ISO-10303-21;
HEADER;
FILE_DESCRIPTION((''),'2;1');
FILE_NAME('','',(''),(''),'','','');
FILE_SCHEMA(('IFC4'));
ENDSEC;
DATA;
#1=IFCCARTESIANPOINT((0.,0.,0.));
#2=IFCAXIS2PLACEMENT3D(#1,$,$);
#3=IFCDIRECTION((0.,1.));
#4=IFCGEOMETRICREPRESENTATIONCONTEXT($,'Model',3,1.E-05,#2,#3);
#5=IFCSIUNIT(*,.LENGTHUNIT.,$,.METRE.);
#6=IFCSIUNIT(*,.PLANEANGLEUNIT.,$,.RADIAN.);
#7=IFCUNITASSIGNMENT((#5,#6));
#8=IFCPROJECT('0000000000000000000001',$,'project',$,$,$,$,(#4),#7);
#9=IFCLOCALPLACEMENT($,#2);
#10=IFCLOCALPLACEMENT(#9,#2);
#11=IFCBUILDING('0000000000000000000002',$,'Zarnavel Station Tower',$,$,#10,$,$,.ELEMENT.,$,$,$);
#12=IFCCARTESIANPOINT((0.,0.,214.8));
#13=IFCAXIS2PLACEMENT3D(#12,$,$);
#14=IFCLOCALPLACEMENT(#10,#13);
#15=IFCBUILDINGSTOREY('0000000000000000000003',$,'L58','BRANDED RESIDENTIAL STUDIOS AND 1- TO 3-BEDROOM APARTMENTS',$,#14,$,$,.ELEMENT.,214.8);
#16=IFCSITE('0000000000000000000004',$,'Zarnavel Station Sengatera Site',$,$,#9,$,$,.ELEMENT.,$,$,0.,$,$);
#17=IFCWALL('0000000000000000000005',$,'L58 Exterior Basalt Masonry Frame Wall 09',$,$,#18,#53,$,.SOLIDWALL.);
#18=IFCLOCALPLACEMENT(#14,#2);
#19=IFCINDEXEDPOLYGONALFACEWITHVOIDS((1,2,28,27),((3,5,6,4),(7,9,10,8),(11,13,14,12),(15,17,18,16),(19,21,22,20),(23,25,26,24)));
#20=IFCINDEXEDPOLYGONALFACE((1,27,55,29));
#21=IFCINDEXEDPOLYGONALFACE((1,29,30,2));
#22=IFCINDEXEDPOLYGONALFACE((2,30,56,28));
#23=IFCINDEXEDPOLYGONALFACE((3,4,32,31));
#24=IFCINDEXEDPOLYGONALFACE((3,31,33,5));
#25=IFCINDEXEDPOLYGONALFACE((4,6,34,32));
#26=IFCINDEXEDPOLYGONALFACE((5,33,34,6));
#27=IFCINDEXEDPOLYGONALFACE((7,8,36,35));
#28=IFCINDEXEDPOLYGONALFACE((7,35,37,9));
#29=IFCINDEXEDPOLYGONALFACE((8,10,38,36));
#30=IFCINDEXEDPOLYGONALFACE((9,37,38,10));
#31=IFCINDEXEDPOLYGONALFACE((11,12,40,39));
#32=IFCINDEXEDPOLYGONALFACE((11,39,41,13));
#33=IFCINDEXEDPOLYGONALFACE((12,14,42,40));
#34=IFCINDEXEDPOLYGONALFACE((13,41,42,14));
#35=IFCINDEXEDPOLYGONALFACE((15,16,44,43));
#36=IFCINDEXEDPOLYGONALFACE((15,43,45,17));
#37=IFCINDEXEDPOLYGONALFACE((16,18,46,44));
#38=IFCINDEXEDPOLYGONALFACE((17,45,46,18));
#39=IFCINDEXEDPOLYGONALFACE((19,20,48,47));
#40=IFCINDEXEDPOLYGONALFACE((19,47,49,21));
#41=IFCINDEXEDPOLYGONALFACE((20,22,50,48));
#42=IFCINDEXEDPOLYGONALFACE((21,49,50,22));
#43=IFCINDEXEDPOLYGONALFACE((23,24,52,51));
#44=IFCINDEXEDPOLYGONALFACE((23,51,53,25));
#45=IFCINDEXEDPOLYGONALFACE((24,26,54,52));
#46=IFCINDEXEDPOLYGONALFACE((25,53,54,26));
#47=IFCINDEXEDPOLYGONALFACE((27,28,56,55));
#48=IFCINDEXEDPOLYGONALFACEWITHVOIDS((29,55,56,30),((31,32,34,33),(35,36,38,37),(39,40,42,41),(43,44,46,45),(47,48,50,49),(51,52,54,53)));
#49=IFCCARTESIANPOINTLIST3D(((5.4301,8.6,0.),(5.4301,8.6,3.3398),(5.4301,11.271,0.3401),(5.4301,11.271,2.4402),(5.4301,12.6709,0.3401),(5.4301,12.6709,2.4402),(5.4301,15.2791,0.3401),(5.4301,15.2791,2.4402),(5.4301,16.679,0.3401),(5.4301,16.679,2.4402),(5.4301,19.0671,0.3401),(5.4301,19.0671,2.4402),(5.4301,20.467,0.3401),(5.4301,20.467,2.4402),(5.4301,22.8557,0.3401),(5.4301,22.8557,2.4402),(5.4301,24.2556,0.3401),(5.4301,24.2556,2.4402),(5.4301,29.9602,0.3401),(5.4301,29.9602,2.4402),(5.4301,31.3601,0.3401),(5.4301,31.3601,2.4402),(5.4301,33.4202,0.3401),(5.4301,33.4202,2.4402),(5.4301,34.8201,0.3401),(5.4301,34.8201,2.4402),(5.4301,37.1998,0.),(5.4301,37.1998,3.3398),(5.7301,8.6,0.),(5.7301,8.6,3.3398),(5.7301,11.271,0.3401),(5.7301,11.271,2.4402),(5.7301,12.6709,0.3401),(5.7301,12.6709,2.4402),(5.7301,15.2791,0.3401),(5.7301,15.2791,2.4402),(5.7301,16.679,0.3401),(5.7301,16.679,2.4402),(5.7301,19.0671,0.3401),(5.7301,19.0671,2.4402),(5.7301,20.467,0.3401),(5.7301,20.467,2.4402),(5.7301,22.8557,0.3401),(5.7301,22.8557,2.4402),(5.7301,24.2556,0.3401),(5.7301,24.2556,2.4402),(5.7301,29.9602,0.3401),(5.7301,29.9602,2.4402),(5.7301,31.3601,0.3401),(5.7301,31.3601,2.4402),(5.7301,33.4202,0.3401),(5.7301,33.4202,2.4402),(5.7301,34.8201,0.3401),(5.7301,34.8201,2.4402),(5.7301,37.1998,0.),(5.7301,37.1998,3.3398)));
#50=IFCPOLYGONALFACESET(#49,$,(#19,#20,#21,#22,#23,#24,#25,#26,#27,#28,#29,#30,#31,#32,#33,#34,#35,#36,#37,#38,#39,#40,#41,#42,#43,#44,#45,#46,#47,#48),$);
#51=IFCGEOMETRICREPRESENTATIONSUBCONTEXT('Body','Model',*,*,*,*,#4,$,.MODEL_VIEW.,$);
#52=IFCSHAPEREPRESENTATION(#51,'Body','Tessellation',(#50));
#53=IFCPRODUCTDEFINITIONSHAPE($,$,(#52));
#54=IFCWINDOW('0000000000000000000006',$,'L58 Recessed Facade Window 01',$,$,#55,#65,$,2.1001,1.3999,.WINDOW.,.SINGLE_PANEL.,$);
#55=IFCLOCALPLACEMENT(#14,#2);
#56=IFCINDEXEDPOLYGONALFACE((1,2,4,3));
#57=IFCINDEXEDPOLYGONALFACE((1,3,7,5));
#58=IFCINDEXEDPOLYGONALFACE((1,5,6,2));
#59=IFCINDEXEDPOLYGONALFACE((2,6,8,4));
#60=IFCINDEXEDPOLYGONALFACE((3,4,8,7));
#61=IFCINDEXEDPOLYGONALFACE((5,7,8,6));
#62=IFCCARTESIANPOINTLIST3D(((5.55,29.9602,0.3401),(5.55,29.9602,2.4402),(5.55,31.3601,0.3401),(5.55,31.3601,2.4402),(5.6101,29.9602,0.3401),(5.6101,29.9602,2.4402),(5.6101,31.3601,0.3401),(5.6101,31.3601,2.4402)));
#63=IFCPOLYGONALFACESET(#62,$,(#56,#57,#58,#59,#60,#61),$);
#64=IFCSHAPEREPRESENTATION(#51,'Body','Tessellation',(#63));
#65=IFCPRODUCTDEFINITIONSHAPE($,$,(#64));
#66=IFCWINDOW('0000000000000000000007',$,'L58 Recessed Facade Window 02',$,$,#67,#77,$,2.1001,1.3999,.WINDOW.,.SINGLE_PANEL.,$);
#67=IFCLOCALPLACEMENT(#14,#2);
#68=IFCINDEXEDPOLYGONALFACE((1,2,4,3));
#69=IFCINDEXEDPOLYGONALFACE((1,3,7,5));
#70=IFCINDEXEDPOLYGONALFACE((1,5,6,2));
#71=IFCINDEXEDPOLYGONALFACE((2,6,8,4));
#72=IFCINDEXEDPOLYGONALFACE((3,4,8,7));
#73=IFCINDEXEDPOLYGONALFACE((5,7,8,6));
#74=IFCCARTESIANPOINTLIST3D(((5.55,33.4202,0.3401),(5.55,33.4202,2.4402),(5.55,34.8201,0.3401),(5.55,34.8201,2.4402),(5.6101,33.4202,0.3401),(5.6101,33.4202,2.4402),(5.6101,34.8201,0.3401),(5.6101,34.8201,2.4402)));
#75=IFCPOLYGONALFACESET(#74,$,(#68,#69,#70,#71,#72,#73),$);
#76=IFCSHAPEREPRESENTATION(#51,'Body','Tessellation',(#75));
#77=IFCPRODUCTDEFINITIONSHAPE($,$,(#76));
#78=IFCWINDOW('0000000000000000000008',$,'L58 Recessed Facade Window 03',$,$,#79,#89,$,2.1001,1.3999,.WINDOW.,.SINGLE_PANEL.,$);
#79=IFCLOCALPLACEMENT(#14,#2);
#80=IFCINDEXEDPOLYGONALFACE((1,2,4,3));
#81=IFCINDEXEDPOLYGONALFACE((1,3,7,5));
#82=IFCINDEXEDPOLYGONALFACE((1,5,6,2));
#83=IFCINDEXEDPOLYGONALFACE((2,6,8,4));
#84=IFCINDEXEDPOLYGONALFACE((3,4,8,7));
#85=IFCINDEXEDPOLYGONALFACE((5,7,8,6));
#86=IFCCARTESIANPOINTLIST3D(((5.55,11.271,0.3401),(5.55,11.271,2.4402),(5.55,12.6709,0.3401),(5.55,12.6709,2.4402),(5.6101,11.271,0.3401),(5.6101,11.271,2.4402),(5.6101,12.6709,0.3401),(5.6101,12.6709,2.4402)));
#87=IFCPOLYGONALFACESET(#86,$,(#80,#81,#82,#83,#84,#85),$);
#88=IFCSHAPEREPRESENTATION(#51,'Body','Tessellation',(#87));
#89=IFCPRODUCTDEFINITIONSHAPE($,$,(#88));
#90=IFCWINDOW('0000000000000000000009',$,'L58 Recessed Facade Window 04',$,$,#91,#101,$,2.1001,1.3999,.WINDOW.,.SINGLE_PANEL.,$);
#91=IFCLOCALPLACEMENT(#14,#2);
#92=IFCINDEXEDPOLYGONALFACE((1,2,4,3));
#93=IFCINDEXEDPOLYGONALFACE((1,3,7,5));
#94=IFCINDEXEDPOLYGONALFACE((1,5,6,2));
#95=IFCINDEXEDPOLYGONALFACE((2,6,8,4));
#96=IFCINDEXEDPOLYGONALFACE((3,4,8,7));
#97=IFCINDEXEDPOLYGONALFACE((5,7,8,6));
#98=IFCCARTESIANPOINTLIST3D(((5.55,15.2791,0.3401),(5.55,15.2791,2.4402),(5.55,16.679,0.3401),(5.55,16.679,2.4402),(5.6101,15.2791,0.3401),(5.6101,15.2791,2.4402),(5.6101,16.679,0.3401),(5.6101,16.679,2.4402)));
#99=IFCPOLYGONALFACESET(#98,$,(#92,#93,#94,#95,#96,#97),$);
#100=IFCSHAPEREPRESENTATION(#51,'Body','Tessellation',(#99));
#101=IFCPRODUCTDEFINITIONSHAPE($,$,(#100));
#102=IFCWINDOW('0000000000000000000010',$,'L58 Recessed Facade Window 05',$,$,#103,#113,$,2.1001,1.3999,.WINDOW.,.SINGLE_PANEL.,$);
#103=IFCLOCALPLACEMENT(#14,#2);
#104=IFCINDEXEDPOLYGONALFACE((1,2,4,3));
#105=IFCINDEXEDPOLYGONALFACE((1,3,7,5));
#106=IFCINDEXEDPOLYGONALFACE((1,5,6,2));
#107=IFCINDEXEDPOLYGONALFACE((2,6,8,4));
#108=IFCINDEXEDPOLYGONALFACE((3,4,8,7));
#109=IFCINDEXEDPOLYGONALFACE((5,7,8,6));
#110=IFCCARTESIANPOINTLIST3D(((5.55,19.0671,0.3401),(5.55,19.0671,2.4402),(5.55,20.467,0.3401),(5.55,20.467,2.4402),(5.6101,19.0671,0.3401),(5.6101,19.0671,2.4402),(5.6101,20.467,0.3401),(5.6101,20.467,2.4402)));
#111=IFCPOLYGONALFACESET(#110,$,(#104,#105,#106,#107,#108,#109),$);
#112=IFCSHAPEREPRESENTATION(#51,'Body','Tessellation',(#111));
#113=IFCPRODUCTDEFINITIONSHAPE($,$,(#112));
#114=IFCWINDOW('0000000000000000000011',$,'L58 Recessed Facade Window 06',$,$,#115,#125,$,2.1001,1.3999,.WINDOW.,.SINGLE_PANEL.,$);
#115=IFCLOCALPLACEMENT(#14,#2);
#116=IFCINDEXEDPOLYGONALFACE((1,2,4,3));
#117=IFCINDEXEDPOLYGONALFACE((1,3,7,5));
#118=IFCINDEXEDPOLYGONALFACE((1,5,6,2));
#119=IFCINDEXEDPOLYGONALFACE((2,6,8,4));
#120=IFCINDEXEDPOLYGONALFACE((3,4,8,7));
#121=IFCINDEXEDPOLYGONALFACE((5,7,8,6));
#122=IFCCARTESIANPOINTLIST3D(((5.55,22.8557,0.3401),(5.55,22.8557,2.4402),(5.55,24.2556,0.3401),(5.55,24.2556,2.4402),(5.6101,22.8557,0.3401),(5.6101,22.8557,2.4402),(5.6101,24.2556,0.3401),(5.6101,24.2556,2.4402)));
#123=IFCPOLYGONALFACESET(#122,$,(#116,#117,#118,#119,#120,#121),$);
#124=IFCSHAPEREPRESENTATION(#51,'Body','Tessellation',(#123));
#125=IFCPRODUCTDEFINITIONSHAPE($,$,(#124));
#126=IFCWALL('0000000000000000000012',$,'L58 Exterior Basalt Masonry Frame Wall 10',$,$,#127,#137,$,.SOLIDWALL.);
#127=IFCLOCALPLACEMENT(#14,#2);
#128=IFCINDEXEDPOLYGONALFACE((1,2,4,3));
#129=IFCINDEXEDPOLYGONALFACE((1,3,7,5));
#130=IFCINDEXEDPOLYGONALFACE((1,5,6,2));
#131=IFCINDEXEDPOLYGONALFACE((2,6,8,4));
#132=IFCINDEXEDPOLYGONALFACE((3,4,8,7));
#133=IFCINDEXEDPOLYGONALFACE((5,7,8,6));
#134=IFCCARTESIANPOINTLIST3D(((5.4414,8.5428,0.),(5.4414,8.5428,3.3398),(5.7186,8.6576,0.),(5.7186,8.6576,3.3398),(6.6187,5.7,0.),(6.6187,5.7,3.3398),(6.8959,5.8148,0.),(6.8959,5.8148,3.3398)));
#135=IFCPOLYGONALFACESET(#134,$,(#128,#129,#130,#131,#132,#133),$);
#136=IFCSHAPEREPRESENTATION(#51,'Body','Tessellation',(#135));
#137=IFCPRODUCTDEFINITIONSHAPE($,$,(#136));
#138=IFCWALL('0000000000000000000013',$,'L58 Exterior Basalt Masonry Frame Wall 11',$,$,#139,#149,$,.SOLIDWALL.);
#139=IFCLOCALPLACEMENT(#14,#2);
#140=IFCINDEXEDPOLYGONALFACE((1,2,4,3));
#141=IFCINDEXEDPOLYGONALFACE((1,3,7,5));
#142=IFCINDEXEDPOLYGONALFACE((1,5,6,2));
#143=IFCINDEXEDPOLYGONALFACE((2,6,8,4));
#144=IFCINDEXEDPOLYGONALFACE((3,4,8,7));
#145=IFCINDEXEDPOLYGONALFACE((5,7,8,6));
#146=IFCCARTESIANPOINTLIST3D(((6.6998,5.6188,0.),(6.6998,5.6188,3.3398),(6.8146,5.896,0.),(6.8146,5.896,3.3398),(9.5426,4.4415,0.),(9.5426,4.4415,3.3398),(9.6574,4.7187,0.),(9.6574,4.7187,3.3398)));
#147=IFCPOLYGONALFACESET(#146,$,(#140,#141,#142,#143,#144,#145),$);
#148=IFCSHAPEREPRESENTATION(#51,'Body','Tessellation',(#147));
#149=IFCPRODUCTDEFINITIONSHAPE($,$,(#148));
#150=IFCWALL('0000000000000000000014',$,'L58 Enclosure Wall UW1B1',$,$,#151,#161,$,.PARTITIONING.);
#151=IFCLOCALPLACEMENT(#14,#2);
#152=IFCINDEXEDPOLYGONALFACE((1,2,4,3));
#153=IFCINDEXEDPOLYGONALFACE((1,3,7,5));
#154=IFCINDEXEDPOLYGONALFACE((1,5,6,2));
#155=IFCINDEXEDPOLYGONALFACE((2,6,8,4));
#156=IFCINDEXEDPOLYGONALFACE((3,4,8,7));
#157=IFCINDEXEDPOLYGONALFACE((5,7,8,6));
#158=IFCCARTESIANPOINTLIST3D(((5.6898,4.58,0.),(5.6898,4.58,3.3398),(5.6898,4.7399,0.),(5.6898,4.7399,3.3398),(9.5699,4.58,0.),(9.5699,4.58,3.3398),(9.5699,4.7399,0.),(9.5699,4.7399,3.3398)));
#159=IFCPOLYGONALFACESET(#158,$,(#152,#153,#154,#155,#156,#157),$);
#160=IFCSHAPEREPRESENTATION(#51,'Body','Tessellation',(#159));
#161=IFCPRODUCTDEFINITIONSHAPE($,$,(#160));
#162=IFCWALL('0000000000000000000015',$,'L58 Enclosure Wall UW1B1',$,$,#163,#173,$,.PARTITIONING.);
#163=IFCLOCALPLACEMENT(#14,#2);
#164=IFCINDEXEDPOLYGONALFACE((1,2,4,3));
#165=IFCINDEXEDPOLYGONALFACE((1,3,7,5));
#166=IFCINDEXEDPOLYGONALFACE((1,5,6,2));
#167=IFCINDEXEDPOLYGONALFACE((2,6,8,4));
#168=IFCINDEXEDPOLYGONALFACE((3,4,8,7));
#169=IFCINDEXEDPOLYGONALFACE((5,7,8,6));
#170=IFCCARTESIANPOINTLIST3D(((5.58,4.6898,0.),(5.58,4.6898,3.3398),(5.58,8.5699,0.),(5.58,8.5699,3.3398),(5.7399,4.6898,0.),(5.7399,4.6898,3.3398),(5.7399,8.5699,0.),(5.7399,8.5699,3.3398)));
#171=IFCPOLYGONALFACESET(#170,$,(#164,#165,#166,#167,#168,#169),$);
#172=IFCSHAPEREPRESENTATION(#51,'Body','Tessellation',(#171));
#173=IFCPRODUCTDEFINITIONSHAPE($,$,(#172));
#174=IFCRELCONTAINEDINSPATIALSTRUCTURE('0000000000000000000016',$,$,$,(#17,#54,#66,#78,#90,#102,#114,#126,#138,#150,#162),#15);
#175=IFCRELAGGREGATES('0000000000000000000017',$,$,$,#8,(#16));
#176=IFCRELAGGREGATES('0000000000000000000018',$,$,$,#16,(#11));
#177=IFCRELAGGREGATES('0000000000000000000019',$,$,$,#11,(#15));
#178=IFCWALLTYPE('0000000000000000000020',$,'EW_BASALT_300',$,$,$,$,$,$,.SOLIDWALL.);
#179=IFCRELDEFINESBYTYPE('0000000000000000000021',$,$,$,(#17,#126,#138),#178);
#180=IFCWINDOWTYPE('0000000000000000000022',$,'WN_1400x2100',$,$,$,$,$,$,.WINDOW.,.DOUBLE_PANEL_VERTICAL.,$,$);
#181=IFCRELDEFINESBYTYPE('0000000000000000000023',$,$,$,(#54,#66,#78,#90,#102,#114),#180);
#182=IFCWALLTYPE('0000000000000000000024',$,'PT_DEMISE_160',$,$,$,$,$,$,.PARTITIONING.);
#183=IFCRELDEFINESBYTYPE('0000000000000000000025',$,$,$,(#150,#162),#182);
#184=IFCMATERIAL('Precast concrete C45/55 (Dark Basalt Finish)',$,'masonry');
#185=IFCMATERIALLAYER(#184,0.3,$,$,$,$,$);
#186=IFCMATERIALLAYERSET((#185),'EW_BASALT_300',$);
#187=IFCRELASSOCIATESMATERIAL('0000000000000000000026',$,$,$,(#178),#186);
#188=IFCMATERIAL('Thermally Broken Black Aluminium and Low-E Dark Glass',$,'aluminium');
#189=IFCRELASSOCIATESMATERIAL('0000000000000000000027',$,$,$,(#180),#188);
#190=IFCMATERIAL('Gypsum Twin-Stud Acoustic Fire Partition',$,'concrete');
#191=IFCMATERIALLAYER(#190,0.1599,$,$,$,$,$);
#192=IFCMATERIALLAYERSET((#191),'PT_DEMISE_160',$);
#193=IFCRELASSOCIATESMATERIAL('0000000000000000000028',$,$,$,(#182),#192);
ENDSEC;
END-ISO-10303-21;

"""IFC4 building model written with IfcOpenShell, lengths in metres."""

from ifc_helpers import new_model, si_unit, direction, frame, frame_2d, origin, place, context, subcontext, project, spatial, rectangle, extrude, material, layer, layer_set, type_object, element, fill, save


model = new_model("IFC4")

# Units and contexts
model_context = context("Model", 3, precision=1e-05, world=origin(), true_north=direction((0.0, 1.0)))
body_context = subcontext(model_context, "Body", "Model", "MODEL_VIEW")
ifc_project = project(units=[si_unit("LENGTHUNIT", "METRE"), si_unit("PLANEANGLEUNIT", "RADIAN")], contexts=[model_context])

# Site, building, storey
site_placement = place(None, origin())
site = spatial("IfcSite", under=ifc_project, at=site_placement, Name="Zarnavel Station Sengatera Site", CompositionType="ELEMENT", RefElevation=0.0)
building_placement = place(site_placement, origin())
building = spatial("IfcBuilding", under=site, at=building_placement, Name="Zarnavel Station Tower", CompositionType="ELEMENT")
storey_placement = place(building_placement, frame((0.0, 0.0, 214.8)))
storey = spatial("IfcBuildingStorey", under=building, at=storey_placement, Name="L58", Description="BRANDED RESIDENTIAL STUDIOS AND 1- TO 3-BEDROOM APARTMENTS", CompositionType="ELEMENT", Elevation=214.8)

# Wall, openings, windows
ifc_material_1 = material(Name="Precast concrete C45/55 (Dark Basalt Finish)", Category="masonry")
ifc_layer_1 = layer(ifc_material_1, 0.3)
ifc_layer_set_1 = layer_set([ifc_layer_1], Name="EW_BASALT_300")
wall_type_1 = type_object("IfcWallType", Name="EW_BASALT_300", PredefinedType="SOLIDWALL", material=ifc_layer_set_1)
wall_1_placement = place(storey_placement, frame((5.5801, 8.6001, 0.0), z_axis=(0.0, 0.0, 1.0), x_axis=(0.0, 1.0, 0.0)))
wall_1 = element("IfcWall", 1, at=wall_1_placement, inside=storey, type_object=wall_type_1, Name="L58 Exterior Basalt Masonry Frame Wall 09", PredefinedType="SOLIDWALL", context=body_context, shape_type="SweptSolid", body=[
    extrude(rectangle(XDim=28.5999, YDim=0.3, at=frame_2d((14.2998, 0.0))), origin(), (0.0, 0.0, 1.0), 3.3398),
])
opening_1_placement = place(wall_1_placement, frame((21.3601, 0.0, 0.3401)))
opening_1 = element("IfcOpeningElement", 2, at=opening_1_placement, cuts=wall_1, PredefinedType="OPENING", context=body_context, shape_type="SweptSolid", body=[
    extrude(rectangle(XDim=1.3999, YDim=2.1001, at=frame_2d((0.7, 1.05))), frame((0.0, 0.1599, 0.0), z_axis=(0.0, -1.0, 0.0), x_axis=(1.0, 0.0, 0.0)), (0.0, 0.0, 1.0), 0.3201),
])
opening_2_placement = place(wall_1_placement, frame((24.8201, 0.0, 0.3401)))
opening_2 = element("IfcOpeningElement", 3, at=opening_2_placement, cuts=wall_1, PredefinedType="OPENING", context=body_context, shape_type="SweptSolid", body=[
    extrude(rectangle(XDim=1.3999, YDim=2.1001, at=frame_2d((0.7, 1.05))), frame((0.0, 0.1599, 0.0), z_axis=(0.0, -1.0, 0.0), x_axis=(1.0, 0.0, 0.0)), (0.0, 0.0, 1.0), 0.3201),
])
opening_3_placement = place(wall_1_placement, frame((2.6709, 0.0, 0.3401)))
opening_3 = element("IfcOpeningElement", 4, at=opening_3_placement, cuts=wall_1, PredefinedType="OPENING", context=body_context, shape_type="SweptSolid", body=[
    extrude(rectangle(XDim=1.3999, YDim=2.1001, at=frame_2d((0.7, 1.05))), frame((0.0, 0.1599, 0.0), z_axis=(0.0, -1.0, 0.0), x_axis=(1.0, 0.0, 0.0)), (0.0, 0.0, 1.0), 0.3201),
])
opening_4_placement = place(wall_1_placement, frame((6.679, 0.0, 0.3401)))
opening_4 = element("IfcOpeningElement", 5, at=opening_4_placement, cuts=wall_1, PredefinedType="OPENING", context=body_context, shape_type="SweptSolid", body=[
    extrude(rectangle(XDim=1.3999, YDim=2.1001, at=frame_2d((0.7, 1.05))), frame((0.0, 0.1599, 0.0), z_axis=(0.0, -1.0, 0.0), x_axis=(1.0, 0.0, 0.0)), (0.0, 0.0, 1.0), 0.3201),
])
opening_5_placement = place(wall_1_placement, frame((10.467, 0.0, 0.3401)))
opening_5 = element("IfcOpeningElement", 6, at=opening_5_placement, cuts=wall_1, PredefinedType="OPENING", context=body_context, shape_type="SweptSolid", body=[
    extrude(rectangle(XDim=1.3999, YDim=2.1001, at=frame_2d((0.7, 1.05))), frame((0.0, 0.1599, 0.0), z_axis=(0.0, -1.0, 0.0), x_axis=(1.0, 0.0, 0.0)), (0.0, 0.0, 1.0), 0.3201),
])
opening_6_placement = place(wall_1_placement, frame((14.2556, 0.0, 0.3401)))
opening_6 = element("IfcOpeningElement", 7, at=opening_6_placement, cuts=wall_1, PredefinedType="OPENING", context=body_context, shape_type="SweptSolid", body=[
    extrude(rectangle(XDim=1.3999, YDim=2.1001, at=frame_2d((0.7, 1.05))), frame((0.0, 0.1599, 0.0), z_axis=(0.0, -1.0, 0.0), x_axis=(1.0, 0.0, 0.0)), (0.0, 0.0, 1.0), 0.3201),
])
ifc_material_2 = material(Name="Thermally Broken Black Aluminium and Low-E Dark Glass", Category="aluminium")
window_type = type_object("IfcWindowType", Name="WN_1400x2100", PartitioningType="DOUBLE_PANEL_VERTICAL", PredefinedType="WINDOW", material=ifc_material_2)
window_1_placement = place(opening_1_placement, origin())
window_1 = element("IfcWindow", 8, at=window_1_placement, inside=storey, type_object=window_type, Name="L58 Recessed Facade Window 01", OverallHeight=2.1001, OverallWidth=1.3999, PartitioningType="SINGLE_PANEL", PredefinedType="WINDOW", context=body_context, shape_type="SweptSolid", body=[
    extrude(rectangle(XDim=1.3999, YDim=2.1001, at=frame_2d((0.7, 1.05))), frame((0.0, 0.03, 0.0), z_axis=(0.0, -1.0, 0.0), x_axis=(1.0, 0.0, 0.0)), (0.0, 0.0, 1.0), 0.0601),
])
fill(opening_1, window_1)
window_2_placement = place(opening_2_placement, origin())
window_2 = element("IfcWindow", 9, at=window_2_placement, inside=storey, type_object=window_type, Name="L58 Recessed Facade Window 02", OverallHeight=2.1001, OverallWidth=1.3999, PartitioningType="SINGLE_PANEL", PredefinedType="WINDOW", context=body_context, shape_type="SweptSolid", body=[
    extrude(rectangle(XDim=1.3999, YDim=2.1001, at=frame_2d((0.7, 1.05))), frame((0.0, 0.03, 0.0), z_axis=(0.0, -1.0, 0.0), x_axis=(1.0, 0.0, 0.0)), (0.0, 0.0, 1.0), 0.0601),
])
fill(opening_2, window_2)
window_3_placement = place(opening_3_placement, origin())
window_3 = element("IfcWindow", 10, at=window_3_placement, inside=storey, type_object=window_type, Name="L58 Recessed Facade Window 03", OverallHeight=2.1001, OverallWidth=1.3999, PartitioningType="SINGLE_PANEL", PredefinedType="WINDOW", context=body_context, shape_type="SweptSolid", body=[
    extrude(rectangle(XDim=1.3999, YDim=2.1001, at=frame_2d((0.7, 1.05))), frame((0.0, 0.03, 0.0), z_axis=(0.0, -1.0, 0.0), x_axis=(1.0, 0.0, 0.0)), (0.0, 0.0, 1.0), 0.0601),
])
fill(opening_3, window_3)
window_4_placement = place(opening_4_placement, origin())
window_4 = element("IfcWindow", 11, at=window_4_placement, inside=storey, type_object=window_type, Name="L58 Recessed Facade Window 04", OverallHeight=2.1001, OverallWidth=1.3999, PartitioningType="SINGLE_PANEL", PredefinedType="WINDOW", context=body_context, shape_type="SweptSolid", body=[
    extrude(rectangle(XDim=1.3999, YDim=2.1001, at=frame_2d((0.7, 1.05))), frame((0.0, 0.03, 0.0), z_axis=(0.0, -1.0, 0.0), x_axis=(1.0, 0.0, 0.0)), (0.0, 0.0, 1.0), 0.0601),
])
fill(opening_4, window_4)
window_5_placement = place(opening_5_placement, origin())
window_5 = element("IfcWindow", 12, at=window_5_placement, inside=storey, type_object=window_type, Name="L58 Recessed Facade Window 05", OverallHeight=2.1001, OverallWidth=1.3999, PartitioningType="SINGLE_PANEL", PredefinedType="WINDOW", context=body_context, shape_type="SweptSolid", body=[
    extrude(rectangle(XDim=1.3999, YDim=2.1001, at=frame_2d((0.7, 1.05))), frame((0.0, 0.03, 0.0), z_axis=(0.0, -1.0, 0.0), x_axis=(1.0, 0.0, 0.0)), (0.0, 0.0, 1.0), 0.0601),
])
fill(opening_5, window_5)
window_6_placement = place(opening_6_placement, origin())
window_6 = element("IfcWindow", 13, at=window_6_placement, inside=storey, type_object=window_type, Name="L58 Recessed Facade Window 06", OverallHeight=2.1001, OverallWidth=1.3999, PartitioningType="SINGLE_PANEL", PredefinedType="WINDOW", context=body_context, shape_type="SweptSolid", body=[
    extrude(rectangle(XDim=1.3999, YDim=2.1001, at=frame_2d((0.7, 1.05))), frame((0.0, 0.03, 0.0), z_axis=(0.0, -1.0, 0.0), x_axis=(1.0, 0.0, 0.0)), (0.0, 0.0, 1.0), 0.0601),
])
fill(opening_6, window_6)

# Walls
for number, where, z_axis, x_axis, name in (
    (14, (6.7573, 5.7573, 0.0), (0.0, 0.0, 1.0), (-0.382609, 0.92391, 0.0), "L58 Exterior Basalt Masonry Frame Wall 10"),
    (15, (9.6001, 4.5801, 0.0), (0.0, 0.0, 1.0), (-0.92391, 0.382609, 0.0), "L58 Exterior Basalt Masonry Frame Wall 11"),
):
    element("IfcWall", number, at=place(storey_placement, frame(where, z_axis=z_axis, x_axis=x_axis)), inside=storey, type_object=wall_type_1, Name=name, PredefinedType="SOLIDWALL", context=body_context, shape_type="SweptSolid", body=[
        extrude(rectangle(XDim=3.0769, YDim=0.3, at=frame_2d((1.5386, 0.0))), origin(), (0.0, 0.0, 1.0), 3.3398),
    ])
ifc_material_3 = material(Name="Gypsum Twin-Stud Acoustic Fire Partition", Category="concrete")
ifc_layer_2 = layer(ifc_material_3, 0.1599)
ifc_layer_set_2 = layer_set([ifc_layer_2], Name="PT_DEMISE_160")
wall_type_2 = type_object("IfcWallType", Name="PT_DEMISE_160", PredefinedType="PARTITIONING", material=ifc_layer_set_2)
for number, where, z_axis, x_axis, name in (
    (16, (5.6899, 4.6599, 0.0), (0.0, 0.0, 1.0), (1.0, 0.0, 0.0), "L58 Enclosure Wall UW1B1"),
    (17, (5.6599, 4.6899, 0.0), (0.0, 0.0, 1.0), (0.0, 1.0, 0.0), "L58 Enclosure Wall UW1B1"),
):
    element("IfcWall", number, at=place(storey_placement, frame(where, z_axis=z_axis, x_axis=x_axis)), inside=storey, type_object=wall_type_2, Name=name, PredefinedType="PARTITIONING", context=body_context, shape_type="SweptSolid", body=[
        extrude(rectangle(XDim=3.8801, YDim=0.1599, at=frame_2d((1.9399, 0.0))), origin(), (0.0, 0.0, 1.0), 3.3398),
    ])

save(model, "model.ifc")
